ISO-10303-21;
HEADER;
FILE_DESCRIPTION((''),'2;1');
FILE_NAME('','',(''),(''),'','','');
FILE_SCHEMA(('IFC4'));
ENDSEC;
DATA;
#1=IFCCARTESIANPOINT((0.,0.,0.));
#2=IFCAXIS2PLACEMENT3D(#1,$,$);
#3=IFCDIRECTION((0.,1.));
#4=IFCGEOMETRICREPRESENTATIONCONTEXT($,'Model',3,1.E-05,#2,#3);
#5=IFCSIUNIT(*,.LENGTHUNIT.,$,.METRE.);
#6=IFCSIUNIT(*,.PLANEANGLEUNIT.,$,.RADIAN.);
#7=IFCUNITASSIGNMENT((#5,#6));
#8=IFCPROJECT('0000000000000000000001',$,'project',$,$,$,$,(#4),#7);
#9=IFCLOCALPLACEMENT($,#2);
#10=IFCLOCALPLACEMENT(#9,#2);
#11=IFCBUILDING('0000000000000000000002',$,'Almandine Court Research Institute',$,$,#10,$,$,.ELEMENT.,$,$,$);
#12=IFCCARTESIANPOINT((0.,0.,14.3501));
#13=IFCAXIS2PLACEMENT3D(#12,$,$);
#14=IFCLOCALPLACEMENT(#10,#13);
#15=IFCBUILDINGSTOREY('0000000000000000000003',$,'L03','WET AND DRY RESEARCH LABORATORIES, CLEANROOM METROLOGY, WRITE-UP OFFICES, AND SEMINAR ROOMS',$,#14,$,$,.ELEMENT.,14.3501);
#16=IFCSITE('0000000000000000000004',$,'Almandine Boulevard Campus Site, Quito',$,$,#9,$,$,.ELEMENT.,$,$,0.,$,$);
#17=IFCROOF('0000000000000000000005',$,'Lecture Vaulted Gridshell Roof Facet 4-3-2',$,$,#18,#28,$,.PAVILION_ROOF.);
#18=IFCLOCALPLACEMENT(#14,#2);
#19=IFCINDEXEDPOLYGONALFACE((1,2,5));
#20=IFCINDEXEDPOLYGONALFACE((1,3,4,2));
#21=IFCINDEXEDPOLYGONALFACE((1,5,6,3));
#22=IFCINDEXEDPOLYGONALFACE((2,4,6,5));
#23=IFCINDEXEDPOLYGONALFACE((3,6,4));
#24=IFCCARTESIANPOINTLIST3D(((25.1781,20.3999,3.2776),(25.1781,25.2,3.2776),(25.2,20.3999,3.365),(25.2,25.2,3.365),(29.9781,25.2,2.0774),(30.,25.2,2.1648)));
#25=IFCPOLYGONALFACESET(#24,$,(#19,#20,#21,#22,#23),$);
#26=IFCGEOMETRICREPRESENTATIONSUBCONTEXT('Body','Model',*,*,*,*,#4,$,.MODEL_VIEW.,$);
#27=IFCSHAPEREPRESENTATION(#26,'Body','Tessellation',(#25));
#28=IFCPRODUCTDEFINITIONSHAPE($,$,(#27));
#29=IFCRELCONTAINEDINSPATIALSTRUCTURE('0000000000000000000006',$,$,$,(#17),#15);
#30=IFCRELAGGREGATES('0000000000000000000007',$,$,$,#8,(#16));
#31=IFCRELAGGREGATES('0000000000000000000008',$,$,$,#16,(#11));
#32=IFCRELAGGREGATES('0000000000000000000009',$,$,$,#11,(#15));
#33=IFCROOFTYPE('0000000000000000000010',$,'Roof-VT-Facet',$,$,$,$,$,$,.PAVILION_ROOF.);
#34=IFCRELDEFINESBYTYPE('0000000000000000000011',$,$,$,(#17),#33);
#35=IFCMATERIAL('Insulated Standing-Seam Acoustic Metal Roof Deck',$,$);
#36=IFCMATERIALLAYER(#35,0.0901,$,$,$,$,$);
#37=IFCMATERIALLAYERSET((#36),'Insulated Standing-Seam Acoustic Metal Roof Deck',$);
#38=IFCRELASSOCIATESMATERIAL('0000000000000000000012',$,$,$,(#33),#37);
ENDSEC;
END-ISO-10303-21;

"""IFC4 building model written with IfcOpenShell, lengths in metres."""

from ifc_helpers import new_model, si_unit, direction, frame, origin, place, context, subcontext, project, spatial, polyline, outline, extrude, material, layer, layer_set, type_object, element, save


model = new_model("IFC4")

# Units and contexts
model_context = context("Model", 3, precision=1e-05, world=origin(), true_north=direction((0.0, 1.0)))
body_context = subcontext(model_context, "Body", "Model", "MODEL_VIEW")
ifc_project = project(units=[si_unit("LENGTHUNIT", "METRE"), si_unit("PLANEANGLEUNIT", "RADIAN")], contexts=[model_context])

# Site, building, storey
site_placement = place(None, origin())
site = spatial("IfcSite", under=ifc_project, at=site_placement, Name="Almandine Boulevard Campus Site, Quito", CompositionType="ELEMENT", RefElevation=0.0)
building_placement = place(site_placement, origin())
building = spatial("IfcBuilding", under=site, at=building_placement, Name="Almandine Court Research Institute", CompositionType="ELEMENT")
storey_placement = place(building_placement, frame((0.0, 0.0, 14.3501)))
storey = spatial("IfcBuildingStorey", under=building, at=storey_placement, Name="L03", Description="WET AND DRY RESEARCH LABORATORIES, CLEANROOM METROLOGY, WRITE-UP OFFICES, AND SEMINAR ROOMS", CompositionType="ELEMENT", Elevation=14.3501)

# Roof
ifc_material_1 = material(Name="Insulated Standing-Seam Acoustic Metal Roof Deck")
ifc_layer_1 = layer(ifc_material_1, 0.0901)
ifc_layer_set_1 = layer_set([ifc_layer_1], Name="Insulated Standing-Seam Acoustic Metal Roof Deck")
roof_type = type_object("IfcRoofType", Name="Roof-VT-Facet", PredefinedType="PAVILION_ROOF", material=ifc_layer_set_1)
roof_1_placement = place(storey_placement, frame((25.2, 20.3999, 3.365), z_axis=(0.24257, 0.0, 0.970134), x_axis=(0.696307, 0.696307, -0.174103)))
element("IfcRoof", 1, at=roof_1_placement, inside=storey, type_object=roof_type, Name="Lecture Vaulted Gridshell Roof Facet 4-3-2", PredefinedType="PAVILION_ROOF", context=body_context, shape_type="SweptSolid", body=[
    extrude(outline(polyline([(0.0, 0.0), (6.8936, 0.0), (3.3423, 3.4452), (0.0, 0.0)])), origin(), (0.0, 0.0, -1.0), 0.0901),
])

save(model, "model.ifc")
